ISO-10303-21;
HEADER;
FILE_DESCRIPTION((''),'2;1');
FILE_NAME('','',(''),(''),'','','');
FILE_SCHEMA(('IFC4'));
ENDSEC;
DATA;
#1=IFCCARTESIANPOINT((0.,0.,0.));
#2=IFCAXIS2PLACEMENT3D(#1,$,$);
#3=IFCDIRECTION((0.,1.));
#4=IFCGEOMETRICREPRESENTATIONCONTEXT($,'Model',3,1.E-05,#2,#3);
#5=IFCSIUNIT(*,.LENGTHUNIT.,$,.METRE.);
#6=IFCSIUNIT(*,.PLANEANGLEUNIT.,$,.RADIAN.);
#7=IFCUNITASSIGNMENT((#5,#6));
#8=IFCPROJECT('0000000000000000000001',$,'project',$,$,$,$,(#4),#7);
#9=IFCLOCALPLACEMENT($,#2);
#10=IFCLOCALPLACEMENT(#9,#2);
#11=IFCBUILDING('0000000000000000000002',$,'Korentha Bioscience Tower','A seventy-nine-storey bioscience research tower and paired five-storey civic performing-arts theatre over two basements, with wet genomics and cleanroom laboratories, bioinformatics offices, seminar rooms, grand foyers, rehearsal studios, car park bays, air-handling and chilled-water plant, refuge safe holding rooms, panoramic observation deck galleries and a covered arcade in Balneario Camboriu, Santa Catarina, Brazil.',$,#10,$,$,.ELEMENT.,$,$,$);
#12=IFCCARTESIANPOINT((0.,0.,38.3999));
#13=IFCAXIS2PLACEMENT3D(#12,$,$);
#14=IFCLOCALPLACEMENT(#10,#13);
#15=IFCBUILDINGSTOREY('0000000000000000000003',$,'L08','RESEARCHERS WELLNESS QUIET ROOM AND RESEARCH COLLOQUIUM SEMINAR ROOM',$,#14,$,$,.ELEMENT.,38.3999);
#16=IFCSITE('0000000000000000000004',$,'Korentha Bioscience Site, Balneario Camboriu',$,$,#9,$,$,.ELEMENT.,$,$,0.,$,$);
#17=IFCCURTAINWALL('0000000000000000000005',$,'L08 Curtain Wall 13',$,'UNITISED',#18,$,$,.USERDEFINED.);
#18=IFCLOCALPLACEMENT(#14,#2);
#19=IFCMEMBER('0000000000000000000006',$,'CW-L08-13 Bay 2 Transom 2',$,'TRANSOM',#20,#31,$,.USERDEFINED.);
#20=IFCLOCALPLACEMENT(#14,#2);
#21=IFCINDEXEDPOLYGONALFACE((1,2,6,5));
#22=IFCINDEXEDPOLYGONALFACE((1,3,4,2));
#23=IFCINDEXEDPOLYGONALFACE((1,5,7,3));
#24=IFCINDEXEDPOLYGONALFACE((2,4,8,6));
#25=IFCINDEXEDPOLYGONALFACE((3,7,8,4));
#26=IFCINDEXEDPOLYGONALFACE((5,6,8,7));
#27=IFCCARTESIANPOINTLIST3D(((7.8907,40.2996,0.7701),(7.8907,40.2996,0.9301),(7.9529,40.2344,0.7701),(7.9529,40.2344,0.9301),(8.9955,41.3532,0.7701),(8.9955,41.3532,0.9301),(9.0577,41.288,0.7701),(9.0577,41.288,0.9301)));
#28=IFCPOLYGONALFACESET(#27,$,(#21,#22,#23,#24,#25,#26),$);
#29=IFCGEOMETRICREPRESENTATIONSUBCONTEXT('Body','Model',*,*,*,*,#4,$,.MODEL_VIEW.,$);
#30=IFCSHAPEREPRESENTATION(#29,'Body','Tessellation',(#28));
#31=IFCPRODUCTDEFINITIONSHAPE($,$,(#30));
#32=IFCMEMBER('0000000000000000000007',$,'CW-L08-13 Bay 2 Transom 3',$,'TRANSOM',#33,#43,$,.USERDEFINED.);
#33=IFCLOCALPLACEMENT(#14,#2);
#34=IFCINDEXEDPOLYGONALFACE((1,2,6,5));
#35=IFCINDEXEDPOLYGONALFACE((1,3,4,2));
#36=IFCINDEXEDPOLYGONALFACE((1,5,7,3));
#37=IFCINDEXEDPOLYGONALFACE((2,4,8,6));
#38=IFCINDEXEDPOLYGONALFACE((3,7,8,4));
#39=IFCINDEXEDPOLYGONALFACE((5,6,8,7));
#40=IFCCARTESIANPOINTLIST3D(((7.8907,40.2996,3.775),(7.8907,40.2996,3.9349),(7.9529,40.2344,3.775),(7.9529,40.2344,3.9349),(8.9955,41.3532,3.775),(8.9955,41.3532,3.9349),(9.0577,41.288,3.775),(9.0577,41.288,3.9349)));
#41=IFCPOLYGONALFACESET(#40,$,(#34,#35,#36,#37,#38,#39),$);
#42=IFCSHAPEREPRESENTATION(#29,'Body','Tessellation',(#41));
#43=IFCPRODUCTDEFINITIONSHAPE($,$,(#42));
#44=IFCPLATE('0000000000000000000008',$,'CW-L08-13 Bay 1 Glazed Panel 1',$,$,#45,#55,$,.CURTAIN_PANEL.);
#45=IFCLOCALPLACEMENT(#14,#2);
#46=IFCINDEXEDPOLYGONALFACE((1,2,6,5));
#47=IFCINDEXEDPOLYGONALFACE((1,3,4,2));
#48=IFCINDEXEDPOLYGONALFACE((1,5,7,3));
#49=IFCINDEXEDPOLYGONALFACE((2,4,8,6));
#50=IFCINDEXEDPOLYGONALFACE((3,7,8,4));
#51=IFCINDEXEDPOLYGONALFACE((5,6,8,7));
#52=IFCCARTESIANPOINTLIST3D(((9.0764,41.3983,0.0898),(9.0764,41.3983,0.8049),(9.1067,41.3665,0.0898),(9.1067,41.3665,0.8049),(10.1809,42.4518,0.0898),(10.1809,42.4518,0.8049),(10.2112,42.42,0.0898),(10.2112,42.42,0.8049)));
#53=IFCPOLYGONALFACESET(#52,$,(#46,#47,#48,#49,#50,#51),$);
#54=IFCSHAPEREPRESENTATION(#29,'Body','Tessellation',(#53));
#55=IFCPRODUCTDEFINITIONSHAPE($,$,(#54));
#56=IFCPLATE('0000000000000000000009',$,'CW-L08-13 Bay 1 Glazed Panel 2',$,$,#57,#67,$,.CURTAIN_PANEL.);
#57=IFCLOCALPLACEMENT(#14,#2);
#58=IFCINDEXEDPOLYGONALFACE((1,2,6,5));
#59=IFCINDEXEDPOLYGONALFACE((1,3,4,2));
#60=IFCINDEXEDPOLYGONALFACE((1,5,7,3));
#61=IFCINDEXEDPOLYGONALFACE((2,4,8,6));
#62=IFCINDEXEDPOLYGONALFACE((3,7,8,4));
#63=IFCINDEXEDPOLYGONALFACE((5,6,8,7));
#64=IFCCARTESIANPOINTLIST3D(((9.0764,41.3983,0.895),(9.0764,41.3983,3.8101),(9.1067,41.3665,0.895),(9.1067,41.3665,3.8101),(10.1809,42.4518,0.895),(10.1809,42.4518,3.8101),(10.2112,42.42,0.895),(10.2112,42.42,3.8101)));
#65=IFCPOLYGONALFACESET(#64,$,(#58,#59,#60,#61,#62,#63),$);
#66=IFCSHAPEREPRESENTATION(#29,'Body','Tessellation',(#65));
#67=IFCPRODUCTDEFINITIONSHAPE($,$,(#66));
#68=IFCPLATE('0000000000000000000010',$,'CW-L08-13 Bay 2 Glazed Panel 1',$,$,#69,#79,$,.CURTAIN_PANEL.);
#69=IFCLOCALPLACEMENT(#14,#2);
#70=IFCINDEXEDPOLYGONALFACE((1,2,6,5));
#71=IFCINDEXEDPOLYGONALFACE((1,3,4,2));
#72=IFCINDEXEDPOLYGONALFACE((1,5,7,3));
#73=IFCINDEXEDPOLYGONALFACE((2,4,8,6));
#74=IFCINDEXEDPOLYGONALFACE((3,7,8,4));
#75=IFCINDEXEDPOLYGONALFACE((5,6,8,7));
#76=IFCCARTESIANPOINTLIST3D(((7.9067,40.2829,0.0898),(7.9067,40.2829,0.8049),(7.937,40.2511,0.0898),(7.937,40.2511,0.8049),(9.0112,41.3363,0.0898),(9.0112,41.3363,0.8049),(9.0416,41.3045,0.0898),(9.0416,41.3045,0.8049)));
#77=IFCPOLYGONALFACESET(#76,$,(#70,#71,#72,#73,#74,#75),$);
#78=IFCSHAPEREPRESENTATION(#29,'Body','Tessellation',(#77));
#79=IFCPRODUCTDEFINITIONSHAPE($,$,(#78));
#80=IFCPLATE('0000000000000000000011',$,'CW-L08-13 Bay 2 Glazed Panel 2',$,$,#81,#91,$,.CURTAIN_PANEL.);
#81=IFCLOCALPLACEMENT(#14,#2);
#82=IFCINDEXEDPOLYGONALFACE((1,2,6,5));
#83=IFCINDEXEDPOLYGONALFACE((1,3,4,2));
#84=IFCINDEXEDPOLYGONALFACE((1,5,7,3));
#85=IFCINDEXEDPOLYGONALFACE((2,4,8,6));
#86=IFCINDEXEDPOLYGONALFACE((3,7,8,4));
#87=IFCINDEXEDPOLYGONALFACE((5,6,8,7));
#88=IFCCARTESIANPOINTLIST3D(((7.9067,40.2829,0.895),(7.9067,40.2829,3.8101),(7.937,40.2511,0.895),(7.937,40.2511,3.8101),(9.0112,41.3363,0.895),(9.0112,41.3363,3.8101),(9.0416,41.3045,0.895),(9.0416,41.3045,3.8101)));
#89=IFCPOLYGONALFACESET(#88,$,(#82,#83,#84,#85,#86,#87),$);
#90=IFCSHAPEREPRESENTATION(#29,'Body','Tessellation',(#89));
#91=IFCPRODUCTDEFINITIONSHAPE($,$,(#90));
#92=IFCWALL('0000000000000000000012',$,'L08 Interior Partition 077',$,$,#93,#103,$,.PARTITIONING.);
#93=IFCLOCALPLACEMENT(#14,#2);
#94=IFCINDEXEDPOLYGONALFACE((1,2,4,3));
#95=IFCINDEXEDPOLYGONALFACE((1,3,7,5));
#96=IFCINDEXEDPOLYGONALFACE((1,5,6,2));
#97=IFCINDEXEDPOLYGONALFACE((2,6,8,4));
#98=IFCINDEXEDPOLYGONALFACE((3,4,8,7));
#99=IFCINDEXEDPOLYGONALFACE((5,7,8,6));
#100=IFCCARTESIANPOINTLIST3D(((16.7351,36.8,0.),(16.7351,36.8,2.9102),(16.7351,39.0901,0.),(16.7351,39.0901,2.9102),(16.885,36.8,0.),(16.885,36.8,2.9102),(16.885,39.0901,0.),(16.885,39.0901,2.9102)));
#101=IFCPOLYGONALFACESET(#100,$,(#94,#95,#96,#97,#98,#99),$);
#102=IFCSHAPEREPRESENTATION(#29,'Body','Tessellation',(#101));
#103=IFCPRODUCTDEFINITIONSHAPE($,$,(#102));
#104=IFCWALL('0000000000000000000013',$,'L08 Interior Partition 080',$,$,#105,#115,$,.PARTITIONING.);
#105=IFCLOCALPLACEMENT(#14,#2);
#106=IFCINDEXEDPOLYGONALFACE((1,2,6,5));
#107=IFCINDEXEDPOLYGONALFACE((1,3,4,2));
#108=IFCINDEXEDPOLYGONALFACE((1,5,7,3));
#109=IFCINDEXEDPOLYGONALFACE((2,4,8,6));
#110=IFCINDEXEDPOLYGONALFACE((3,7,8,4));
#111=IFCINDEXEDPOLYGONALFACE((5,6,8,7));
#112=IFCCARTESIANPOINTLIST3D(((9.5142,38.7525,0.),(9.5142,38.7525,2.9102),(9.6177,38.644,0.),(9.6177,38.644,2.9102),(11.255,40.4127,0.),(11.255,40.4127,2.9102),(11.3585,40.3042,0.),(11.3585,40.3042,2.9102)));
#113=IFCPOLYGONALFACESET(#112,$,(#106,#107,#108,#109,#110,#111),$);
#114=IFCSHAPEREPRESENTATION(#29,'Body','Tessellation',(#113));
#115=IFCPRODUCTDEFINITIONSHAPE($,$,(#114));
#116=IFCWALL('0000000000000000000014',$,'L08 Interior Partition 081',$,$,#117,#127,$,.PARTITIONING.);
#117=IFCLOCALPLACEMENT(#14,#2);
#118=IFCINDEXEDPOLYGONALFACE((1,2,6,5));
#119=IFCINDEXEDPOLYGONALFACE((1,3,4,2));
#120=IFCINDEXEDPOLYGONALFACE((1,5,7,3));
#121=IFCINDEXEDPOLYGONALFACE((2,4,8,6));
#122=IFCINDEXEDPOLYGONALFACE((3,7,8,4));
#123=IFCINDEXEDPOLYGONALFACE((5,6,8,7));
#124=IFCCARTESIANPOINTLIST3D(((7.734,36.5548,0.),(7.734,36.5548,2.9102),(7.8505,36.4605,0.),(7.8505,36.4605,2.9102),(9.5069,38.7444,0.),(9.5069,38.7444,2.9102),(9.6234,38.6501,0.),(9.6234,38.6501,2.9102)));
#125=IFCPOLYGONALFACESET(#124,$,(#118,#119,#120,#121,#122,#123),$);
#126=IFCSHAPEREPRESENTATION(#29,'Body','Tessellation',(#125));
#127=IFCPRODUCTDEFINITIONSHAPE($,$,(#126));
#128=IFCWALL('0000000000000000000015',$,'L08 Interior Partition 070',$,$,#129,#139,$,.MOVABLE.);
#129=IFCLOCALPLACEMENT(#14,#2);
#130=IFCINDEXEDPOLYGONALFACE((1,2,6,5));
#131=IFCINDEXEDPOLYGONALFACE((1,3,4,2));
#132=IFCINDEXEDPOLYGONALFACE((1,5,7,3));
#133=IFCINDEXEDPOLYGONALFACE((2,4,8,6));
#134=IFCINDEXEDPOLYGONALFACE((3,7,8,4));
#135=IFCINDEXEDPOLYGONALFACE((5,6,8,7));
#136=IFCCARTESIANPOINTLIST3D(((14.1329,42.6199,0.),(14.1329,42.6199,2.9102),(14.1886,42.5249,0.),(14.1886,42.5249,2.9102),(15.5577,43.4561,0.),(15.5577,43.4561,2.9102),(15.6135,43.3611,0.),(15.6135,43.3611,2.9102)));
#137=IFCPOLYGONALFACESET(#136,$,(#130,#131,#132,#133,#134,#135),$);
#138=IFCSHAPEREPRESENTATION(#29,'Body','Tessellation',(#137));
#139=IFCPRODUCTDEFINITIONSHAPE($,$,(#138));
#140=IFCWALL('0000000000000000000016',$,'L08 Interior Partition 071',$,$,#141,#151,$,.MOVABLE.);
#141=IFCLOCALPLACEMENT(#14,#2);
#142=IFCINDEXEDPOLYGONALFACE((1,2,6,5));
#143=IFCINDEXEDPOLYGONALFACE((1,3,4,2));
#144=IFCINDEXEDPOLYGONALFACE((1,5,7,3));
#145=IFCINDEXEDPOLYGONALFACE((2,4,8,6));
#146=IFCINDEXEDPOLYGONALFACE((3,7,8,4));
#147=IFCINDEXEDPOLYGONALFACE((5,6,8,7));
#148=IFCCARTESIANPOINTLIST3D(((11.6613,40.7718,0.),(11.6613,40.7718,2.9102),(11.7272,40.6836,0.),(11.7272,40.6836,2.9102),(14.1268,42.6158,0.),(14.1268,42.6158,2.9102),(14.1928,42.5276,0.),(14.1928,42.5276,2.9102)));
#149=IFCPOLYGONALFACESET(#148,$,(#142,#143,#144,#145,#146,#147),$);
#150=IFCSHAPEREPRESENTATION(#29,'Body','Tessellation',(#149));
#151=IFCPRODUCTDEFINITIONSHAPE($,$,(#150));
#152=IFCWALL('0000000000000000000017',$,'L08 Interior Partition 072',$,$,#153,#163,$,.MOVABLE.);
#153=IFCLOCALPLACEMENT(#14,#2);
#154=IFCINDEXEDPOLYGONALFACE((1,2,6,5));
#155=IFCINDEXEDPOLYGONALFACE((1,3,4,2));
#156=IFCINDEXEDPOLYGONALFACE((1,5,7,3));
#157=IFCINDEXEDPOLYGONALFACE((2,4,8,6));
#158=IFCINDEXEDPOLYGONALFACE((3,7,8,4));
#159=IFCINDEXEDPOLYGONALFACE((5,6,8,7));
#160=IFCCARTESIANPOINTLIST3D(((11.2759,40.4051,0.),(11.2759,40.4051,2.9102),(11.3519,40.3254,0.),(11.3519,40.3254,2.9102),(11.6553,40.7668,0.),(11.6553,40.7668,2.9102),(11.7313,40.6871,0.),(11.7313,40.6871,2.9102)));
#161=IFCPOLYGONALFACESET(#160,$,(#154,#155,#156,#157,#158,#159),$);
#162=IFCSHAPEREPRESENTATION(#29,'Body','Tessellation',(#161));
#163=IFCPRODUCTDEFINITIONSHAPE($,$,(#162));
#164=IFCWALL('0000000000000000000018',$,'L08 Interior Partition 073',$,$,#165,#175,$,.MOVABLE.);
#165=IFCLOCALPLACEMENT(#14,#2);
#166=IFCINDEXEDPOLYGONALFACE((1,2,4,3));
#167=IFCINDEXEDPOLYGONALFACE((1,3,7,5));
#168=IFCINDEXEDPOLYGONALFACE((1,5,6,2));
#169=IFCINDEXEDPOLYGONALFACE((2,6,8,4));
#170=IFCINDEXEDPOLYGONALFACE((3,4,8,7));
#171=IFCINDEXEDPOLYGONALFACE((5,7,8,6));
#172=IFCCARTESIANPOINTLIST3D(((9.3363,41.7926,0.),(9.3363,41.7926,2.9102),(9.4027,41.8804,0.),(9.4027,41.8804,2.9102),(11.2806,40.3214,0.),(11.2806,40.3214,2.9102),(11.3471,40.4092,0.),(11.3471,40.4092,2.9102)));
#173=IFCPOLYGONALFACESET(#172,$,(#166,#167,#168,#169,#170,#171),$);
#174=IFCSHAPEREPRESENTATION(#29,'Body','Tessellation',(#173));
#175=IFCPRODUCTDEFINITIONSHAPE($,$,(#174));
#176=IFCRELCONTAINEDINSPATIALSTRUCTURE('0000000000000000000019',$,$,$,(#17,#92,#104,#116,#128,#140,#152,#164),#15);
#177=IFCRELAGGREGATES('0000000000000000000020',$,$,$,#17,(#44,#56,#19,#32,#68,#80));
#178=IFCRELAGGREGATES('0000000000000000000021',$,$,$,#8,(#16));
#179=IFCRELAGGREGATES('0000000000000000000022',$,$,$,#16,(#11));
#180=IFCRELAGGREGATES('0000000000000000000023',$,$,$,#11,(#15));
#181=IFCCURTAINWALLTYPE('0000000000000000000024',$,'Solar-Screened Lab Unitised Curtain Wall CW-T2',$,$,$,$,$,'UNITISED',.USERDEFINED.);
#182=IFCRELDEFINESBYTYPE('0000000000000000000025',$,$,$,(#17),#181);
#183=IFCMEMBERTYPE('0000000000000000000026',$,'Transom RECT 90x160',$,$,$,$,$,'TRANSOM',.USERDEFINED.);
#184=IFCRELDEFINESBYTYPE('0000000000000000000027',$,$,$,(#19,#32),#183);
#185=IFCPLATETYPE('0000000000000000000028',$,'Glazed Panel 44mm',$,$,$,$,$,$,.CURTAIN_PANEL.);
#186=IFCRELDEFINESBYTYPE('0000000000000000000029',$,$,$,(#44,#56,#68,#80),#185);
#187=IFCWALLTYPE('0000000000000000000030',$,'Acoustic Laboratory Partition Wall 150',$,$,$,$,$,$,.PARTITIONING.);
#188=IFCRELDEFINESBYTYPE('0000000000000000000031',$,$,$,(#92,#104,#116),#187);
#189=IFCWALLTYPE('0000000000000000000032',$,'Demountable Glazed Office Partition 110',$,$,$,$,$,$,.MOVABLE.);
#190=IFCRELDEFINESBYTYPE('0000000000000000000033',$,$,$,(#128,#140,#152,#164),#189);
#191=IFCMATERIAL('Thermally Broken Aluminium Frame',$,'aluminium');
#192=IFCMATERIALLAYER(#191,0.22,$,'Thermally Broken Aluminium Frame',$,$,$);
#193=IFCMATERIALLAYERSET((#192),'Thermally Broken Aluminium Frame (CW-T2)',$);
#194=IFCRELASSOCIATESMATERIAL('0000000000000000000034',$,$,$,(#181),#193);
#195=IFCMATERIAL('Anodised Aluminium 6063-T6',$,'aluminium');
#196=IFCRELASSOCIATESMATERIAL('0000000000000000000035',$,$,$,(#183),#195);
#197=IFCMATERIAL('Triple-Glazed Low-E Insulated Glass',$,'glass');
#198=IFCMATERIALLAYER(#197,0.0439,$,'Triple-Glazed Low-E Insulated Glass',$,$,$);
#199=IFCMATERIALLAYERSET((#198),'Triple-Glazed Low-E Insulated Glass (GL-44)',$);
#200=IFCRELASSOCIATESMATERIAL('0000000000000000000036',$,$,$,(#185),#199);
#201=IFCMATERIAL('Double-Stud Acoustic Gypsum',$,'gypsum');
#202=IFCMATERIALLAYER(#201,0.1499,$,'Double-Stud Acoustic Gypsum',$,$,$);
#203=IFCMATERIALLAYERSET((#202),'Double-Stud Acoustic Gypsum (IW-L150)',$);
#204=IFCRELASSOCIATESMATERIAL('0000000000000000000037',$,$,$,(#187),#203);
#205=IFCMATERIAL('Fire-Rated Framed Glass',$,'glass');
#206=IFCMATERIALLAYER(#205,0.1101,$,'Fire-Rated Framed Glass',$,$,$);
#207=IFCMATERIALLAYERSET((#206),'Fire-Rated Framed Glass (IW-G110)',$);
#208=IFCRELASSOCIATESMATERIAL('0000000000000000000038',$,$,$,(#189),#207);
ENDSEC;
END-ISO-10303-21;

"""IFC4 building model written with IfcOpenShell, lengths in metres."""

from ifc_helpers import new_model, si_unit, direction, frame, frame_2d, origin, origin_2d, place, context, subcontext, project, spatial, rectangle, extrude, material, layer, layer_set, material_profile, profile_set, type_object, element, aggregate, save


model = new_model("IFC4")

# Units and contexts
model_context = context("Model", 3, precision=1e-05, world=origin(), true_north=direction((0.0, 1.0)))
body_context = subcontext(model_context, "Body", "Model", "MODEL_VIEW")
ifc_project = project(units=[si_unit("LENGTHUNIT", "METRE"), si_unit("PLANEANGLEUNIT", "RADIAN")], contexts=[model_context])

# Site, building, storey
site_placement = place(None, origin())
site = spatial("IfcSite", under=ifc_project, at=site_placement, Name="Korentha Bioscience Site, Balneario Camboriu", CompositionType="ELEMENT", RefElevation=0.0)
building_placement = place(site_placement, origin())
building = spatial("IfcBuilding", under=site, at=building_placement, Name="Korentha Bioscience Tower", Description="A seventy-nine-storey bioscience research tower and paired five-storey civic performing-arts theatre over two basements, with wet genomics and cleanroom laboratories, bioinformatics offices, seminar rooms, grand foyers, rehearsal studios, car park bays, air-handling and chilled-water plant, refuge safe holding rooms, panoramic observation deck galleries and a covered arcade in Balneario Camboriu, Santa Catarina, Brazil.", CompositionType="ELEMENT")
storey_placement = place(building_placement, frame((0.0, 0.0, 38.3999)))
storey = spatial("IfcBuildingStorey", under=building, at=storey_placement, Name="L08", Description="RESEARCHERS WELLNESS QUIET ROOM AND RESEARCH COLLOQUIUM SEMINAR ROOM", CompositionType="ELEMENT", Elevation=38.3999)

# Curtain wall
ifc_material_1 = material(Name="Thermally Broken Aluminium Frame", Category="aluminium")
ifc_layer_1 = layer(ifc_material_1, 0.22, Name="Thermally Broken Aluminium Frame")
ifc_layer_set_1 = layer_set([ifc_layer_1], Name="Thermally Broken Aluminium Frame (CW-T2)")
curtain_wall_type = type_object("IfcCurtainWallType", Name="Solar-Screened Lab Unitised Curtain Wall CW-T2", ElementType="UNITISED", PredefinedType="USERDEFINED", material=ifc_layer_set_1)
curtain_wall_placement = place(storey_placement, origin())
curtain_wall = element("IfcCurtainWall", 1, at=curtain_wall_placement, inside=storey, type_object=curtain_wall_type, Name="L08 Curtain Wall 13", ObjectType="UNITISED", PredefinedType="USERDEFINED")
ifc_material_2 = material(Name="Anodised Aluminium 6063-T6", Category="aluminium")

# Members
ifc_material_profile_1 = material_profile(ifc_material_2, rectangle(XDim=0.0901, YDim=0.1599, at=origin_2d()), Name="Anodised Aluminium 6063-T6")
ifc_profile_set_1 = profile_set([ifc_material_profile_1], Name="Anodised Aluminium 6063-T6 (CW-TRN)")
member_type_1 = type_object("IfcMemberType", Name="Transom RECT 90x160", ElementType="TRANSOM", PredefinedType="USERDEFINED", material=ifc_profile_set_1)
member_1_placement = place(storey_placement, frame((9.0266, 41.3206, 0.8501), z_axis=(-0.7237, -0.690114, 0.0), x_axis=(0.690114, -0.7237, 0.0)))
member_1 = element("IfcMember", 2, at=member_1_placement, type_object=member_type_1, Name="CW-L08-13 Bay 2 Transom 2", ObjectType="TRANSOM", PredefinedType="USERDEFINED", context=body_context, shape_type="SweptSolid", body=[
    extrude(rectangle(XDim=0.0901, YDim=0.1599, at=origin_2d()), origin(), (0.0, 0.0, 1.0), 1.5266),
])
member_2_placement = place(storey_placement, frame((9.0266, 41.3206, 3.855), z_axis=(-0.7237, -0.690114, 0.0), x_axis=(0.690114, -0.7237, 0.0)))
member_2 = element("IfcMember", 3, at=member_2_placement, type_object=member_type_1, Name="CW-L08-13 Bay 2 Transom 3", ObjectType="TRANSOM", PredefinedType="USERDEFINED", context=body_context, shape_type="SweptSolid", body=[
    extrude(rectangle(XDim=0.0901, YDim=0.1599, at=origin_2d()), origin(), (0.0, 0.0, 1.0), 1.5266),
])

# Plates
ifc_material_3 = material(Name="Triple-Glazed Low-E Insulated Glass", Category="glass")
ifc_layer_2 = layer(ifc_material_3, 0.0439, Name="Triple-Glazed Low-E Insulated Glass")
ifc_layer_set_2 = layer_set([ifc_layer_2], Name="Triple-Glazed Low-E Insulated Glass (GL-44)")
plate_type = type_object("IfcPlateType", Name="Glazed Panel 44mm", PredefinedType="CURTAIN_PANEL", material=ifc_layer_set_2)
plate_1_placement = place(storey_placement, frame((9.6438, 41.9092, 0.0898), z_axis=(0.0, 0.0, 1.0), x_axis=(-0.723642, -0.690176, 0.0)))
plate_1 = element("IfcPlate", 4, at=plate_1_placement, type_object=plate_type, Name="CW-L08-13 Bay 1 Glazed Panel 1", PredefinedType="CURTAIN_PANEL", context=body_context, shape_type="SweptSolid", body=[
    extrude(rectangle(XDim=1.5264, YDim=0.0439, at=origin_2d()), origin(), (0.0, 0.0, 1.0), 0.7151),
])
plate_2_placement = place(storey_placement, frame((9.6438, 41.9092, 0.895), z_axis=(0.0, 0.0, 1.0), x_axis=(-0.723642, -0.690176, 0.0)))
plate_2 = element("IfcPlate", 5, at=plate_2_placement, type_object=plate_type, Name="CW-L08-13 Bay 1 Glazed Panel 2", PredefinedType="CURTAIN_PANEL", context=body_context, shape_type="SweptSolid", body=[
    extrude(rectangle(XDim=1.5264, YDim=0.0439, at=origin_2d()), origin(), (0.0, 0.0, 1.0), 2.915),
])
plate_3_placement = place(storey_placement, frame((8.4741, 40.7937, 0.0898), z_axis=(0.0, 0.0, 1.0), x_axis=(-0.723642, -0.690176, 0.0)))
plate_3 = element("IfcPlate", 6, at=plate_3_placement, type_object=plate_type, Name="CW-L08-13 Bay 2 Glazed Panel 1", PredefinedType="CURTAIN_PANEL", context=body_context, shape_type="SweptSolid", body=[
    extrude(rectangle(XDim=1.5264, YDim=0.0439, at=origin_2d()), origin(), (0.0, 0.0, 1.0), 0.7151),
])
plate_4_placement = place(storey_placement, frame((8.4741, 40.7937, 0.895), z_axis=(0.0, 0.0, 1.0), x_axis=(-0.723642, -0.690176, 0.0)))
plate_4 = element("IfcPlate", 7, at=plate_4_placement, type_object=plate_type, Name="CW-L08-13 Bay 2 Glazed Panel 2", PredefinedType="CURTAIN_PANEL", context=body_context, shape_type="SweptSolid", body=[
    extrude(rectangle(XDim=1.5264, YDim=0.0439, at=origin_2d()), origin(), (0.0, 0.0, 1.0), 2.915),
])
aggregate(curtain_wall, [plate_1, plate_2, member_1, member_2, plate_3, plate_4])

# Walls
ifc_material_4 = material(Name="Double-Stud Acoustic Gypsum", Category="gypsum")
ifc_layer_3 = layer(ifc_material_4, 0.1499, Name="Double-Stud Acoustic Gypsum")
ifc_layer_set_3 = layer_set([ifc_layer_3], Name="Double-Stud Acoustic Gypsum (IW-L150)")
wall_type_1 = type_object("IfcWallType", Name="Acoustic Laboratory Partition Wall 150", PredefinedType="PARTITIONING", material=ifc_layer_set_3)
wall_1_placement = place(storey_placement, frame((16.8101, 36.8, 0.0), z_axis=(0.0, 0.0, 1.0), x_axis=(0.0, 1.0, 0.0)))
element("IfcWall", 8, at=wall_1_placement, inside=storey, type_object=wall_type_1, Name="L08 Interior Partition 077", PredefinedType="PARTITIONING", context=body_context, shape_type="SweptSolid", body=[
    extrude(rectangle(XDim=2.29, YDim=0.1499, at=frame_2d((1.145, 0.0))), origin(), (0.0, 0.0, 1.0), 2.9102),
])
wall_2_placement = place(storey_placement, frame((11.3066, 40.3584, 0.0), z_axis=(0.0, 0.0, 1.0), x_axis=(-0.723655, -0.690162, 0.0)))
element("IfcWall", 9, at=wall_2_placement, inside=storey, type_object=wall_type_1, Name="L08 Interior Partition 080", PredefinedType="PARTITIONING", context=body_context, shape_type="SweptSolid", body=[
    extrude(rectangle(XDim=2.4055, YDim=0.1499, at=frame_2d((1.2026, 0.0))), origin(), (0.0, 0.0, 1.0), 2.9102),
])
wall_3_placement = place(storey_placement, frame((9.5652, 38.6973, 0.0), z_axis=(0.0, 0.0, 1.0), x_axis=(-0.629271, -0.777186, 0.0)))
element("IfcWall", 10, at=wall_3_placement, inside=storey, type_object=wall_type_1, Name="L08 Interior Partition 081", PredefinedType="PARTITIONING", context=body_context, shape_type="SweptSolid", body=[
    extrude(rectangle(XDim=2.8174, YDim=0.1499, at=frame_2d((1.4087, 0.0))), origin(), (0.0, 0.0, 1.0), 2.9102),
])
ifc_material_5 = material(Name="Fire-Rated Framed Glass", Category="glass")
ifc_layer_4 = layer(ifc_material_5, 0.1101, Name="Fire-Rated Framed Glass")
ifc_layer_set_4 = layer_set([ifc_layer_4], Name="Fire-Rated Framed Glass (IW-G110)")
wall_type_2 = type_object("IfcWallType", Name="Demountable Glazed Office Partition 110", PredefinedType="MOVABLE", material=ifc_layer_set_4)
wall_4_placement = place(storey_placement, frame((15.5857, 43.4087, 0.0), z_axis=(0.0, 0.0, 1.0), x_axis=(-0.862447, -0.506148, 0.0)))
element("IfcWall", 11, at=wall_4_placement, inside=storey, type_object=wall_type_2, Name="L08 Interior Partition 070", PredefinedType="MOVABLE", context=body_context, shape_type="SweptSolid", body=[
    extrude(rectangle(XDim=1.6521, YDim=0.1101, at=frame_2d((0.8262, 0.0))), origin(), (0.0, 0.0, 1.0), 2.9102),
])
wall_5_placement = place(storey_placement, frame((14.1599, 42.5718, 0.0), z_axis=(0.0, 0.0, 1.0), x_axis=(-0.800808, -0.598921, 0.0)))
element("IfcWall", 12, at=wall_5_placement, inside=storey, type_object=wall_type_2, Name="L08 Interior Partition 071", PredefinedType="MOVABLE", context=body_context, shape_type="SweptSolid", body=[
    extrude(rectangle(XDim=3.0789, YDim=0.1101, at=frame_2d((1.5396, 0.0))), origin(), (0.0, 0.0, 1.0), 2.9102),
])
wall_6_placement = place(storey_placement, frame((11.6934, 40.7271, 0.0), z_axis=(0.0, 0.0, 1.0), x_axis=(-0.723673, -0.690143, 0.0)))
element("IfcWall", 13, at=wall_6_placement, inside=storey, type_object=wall_type_2, Name="L08 Interior Partition 072", PredefinedType="MOVABLE", context=body_context, shape_type="SweptSolid", body=[
    extrude(rectangle(XDim=0.5242, YDim=0.1101, at=frame_2d((0.2622, 0.0))), origin(), (0.0, 0.0, 1.0), 2.9102),
])
wall_7_placement = place(storey_placement, frame((11.314, 40.3652, 0.0), z_axis=(0.0, 0.0, 1.0), x_axis=(-0.797445, 0.603391, 0.0)))
element("IfcWall", 14, at=wall_7_placement, inside=storey, type_object=wall_type_2, Name="L08 Interior Partition 073", PredefinedType="MOVABLE", context=body_context, shape_type="SweptSolid", body=[
    extrude(rectangle(XDim=2.4382, YDim=0.1101, at=frame_2d((1.2192, 0.0))), origin(), (0.0, 0.0, 1.0), 2.9102),
])

save(model, "model.ifc")
